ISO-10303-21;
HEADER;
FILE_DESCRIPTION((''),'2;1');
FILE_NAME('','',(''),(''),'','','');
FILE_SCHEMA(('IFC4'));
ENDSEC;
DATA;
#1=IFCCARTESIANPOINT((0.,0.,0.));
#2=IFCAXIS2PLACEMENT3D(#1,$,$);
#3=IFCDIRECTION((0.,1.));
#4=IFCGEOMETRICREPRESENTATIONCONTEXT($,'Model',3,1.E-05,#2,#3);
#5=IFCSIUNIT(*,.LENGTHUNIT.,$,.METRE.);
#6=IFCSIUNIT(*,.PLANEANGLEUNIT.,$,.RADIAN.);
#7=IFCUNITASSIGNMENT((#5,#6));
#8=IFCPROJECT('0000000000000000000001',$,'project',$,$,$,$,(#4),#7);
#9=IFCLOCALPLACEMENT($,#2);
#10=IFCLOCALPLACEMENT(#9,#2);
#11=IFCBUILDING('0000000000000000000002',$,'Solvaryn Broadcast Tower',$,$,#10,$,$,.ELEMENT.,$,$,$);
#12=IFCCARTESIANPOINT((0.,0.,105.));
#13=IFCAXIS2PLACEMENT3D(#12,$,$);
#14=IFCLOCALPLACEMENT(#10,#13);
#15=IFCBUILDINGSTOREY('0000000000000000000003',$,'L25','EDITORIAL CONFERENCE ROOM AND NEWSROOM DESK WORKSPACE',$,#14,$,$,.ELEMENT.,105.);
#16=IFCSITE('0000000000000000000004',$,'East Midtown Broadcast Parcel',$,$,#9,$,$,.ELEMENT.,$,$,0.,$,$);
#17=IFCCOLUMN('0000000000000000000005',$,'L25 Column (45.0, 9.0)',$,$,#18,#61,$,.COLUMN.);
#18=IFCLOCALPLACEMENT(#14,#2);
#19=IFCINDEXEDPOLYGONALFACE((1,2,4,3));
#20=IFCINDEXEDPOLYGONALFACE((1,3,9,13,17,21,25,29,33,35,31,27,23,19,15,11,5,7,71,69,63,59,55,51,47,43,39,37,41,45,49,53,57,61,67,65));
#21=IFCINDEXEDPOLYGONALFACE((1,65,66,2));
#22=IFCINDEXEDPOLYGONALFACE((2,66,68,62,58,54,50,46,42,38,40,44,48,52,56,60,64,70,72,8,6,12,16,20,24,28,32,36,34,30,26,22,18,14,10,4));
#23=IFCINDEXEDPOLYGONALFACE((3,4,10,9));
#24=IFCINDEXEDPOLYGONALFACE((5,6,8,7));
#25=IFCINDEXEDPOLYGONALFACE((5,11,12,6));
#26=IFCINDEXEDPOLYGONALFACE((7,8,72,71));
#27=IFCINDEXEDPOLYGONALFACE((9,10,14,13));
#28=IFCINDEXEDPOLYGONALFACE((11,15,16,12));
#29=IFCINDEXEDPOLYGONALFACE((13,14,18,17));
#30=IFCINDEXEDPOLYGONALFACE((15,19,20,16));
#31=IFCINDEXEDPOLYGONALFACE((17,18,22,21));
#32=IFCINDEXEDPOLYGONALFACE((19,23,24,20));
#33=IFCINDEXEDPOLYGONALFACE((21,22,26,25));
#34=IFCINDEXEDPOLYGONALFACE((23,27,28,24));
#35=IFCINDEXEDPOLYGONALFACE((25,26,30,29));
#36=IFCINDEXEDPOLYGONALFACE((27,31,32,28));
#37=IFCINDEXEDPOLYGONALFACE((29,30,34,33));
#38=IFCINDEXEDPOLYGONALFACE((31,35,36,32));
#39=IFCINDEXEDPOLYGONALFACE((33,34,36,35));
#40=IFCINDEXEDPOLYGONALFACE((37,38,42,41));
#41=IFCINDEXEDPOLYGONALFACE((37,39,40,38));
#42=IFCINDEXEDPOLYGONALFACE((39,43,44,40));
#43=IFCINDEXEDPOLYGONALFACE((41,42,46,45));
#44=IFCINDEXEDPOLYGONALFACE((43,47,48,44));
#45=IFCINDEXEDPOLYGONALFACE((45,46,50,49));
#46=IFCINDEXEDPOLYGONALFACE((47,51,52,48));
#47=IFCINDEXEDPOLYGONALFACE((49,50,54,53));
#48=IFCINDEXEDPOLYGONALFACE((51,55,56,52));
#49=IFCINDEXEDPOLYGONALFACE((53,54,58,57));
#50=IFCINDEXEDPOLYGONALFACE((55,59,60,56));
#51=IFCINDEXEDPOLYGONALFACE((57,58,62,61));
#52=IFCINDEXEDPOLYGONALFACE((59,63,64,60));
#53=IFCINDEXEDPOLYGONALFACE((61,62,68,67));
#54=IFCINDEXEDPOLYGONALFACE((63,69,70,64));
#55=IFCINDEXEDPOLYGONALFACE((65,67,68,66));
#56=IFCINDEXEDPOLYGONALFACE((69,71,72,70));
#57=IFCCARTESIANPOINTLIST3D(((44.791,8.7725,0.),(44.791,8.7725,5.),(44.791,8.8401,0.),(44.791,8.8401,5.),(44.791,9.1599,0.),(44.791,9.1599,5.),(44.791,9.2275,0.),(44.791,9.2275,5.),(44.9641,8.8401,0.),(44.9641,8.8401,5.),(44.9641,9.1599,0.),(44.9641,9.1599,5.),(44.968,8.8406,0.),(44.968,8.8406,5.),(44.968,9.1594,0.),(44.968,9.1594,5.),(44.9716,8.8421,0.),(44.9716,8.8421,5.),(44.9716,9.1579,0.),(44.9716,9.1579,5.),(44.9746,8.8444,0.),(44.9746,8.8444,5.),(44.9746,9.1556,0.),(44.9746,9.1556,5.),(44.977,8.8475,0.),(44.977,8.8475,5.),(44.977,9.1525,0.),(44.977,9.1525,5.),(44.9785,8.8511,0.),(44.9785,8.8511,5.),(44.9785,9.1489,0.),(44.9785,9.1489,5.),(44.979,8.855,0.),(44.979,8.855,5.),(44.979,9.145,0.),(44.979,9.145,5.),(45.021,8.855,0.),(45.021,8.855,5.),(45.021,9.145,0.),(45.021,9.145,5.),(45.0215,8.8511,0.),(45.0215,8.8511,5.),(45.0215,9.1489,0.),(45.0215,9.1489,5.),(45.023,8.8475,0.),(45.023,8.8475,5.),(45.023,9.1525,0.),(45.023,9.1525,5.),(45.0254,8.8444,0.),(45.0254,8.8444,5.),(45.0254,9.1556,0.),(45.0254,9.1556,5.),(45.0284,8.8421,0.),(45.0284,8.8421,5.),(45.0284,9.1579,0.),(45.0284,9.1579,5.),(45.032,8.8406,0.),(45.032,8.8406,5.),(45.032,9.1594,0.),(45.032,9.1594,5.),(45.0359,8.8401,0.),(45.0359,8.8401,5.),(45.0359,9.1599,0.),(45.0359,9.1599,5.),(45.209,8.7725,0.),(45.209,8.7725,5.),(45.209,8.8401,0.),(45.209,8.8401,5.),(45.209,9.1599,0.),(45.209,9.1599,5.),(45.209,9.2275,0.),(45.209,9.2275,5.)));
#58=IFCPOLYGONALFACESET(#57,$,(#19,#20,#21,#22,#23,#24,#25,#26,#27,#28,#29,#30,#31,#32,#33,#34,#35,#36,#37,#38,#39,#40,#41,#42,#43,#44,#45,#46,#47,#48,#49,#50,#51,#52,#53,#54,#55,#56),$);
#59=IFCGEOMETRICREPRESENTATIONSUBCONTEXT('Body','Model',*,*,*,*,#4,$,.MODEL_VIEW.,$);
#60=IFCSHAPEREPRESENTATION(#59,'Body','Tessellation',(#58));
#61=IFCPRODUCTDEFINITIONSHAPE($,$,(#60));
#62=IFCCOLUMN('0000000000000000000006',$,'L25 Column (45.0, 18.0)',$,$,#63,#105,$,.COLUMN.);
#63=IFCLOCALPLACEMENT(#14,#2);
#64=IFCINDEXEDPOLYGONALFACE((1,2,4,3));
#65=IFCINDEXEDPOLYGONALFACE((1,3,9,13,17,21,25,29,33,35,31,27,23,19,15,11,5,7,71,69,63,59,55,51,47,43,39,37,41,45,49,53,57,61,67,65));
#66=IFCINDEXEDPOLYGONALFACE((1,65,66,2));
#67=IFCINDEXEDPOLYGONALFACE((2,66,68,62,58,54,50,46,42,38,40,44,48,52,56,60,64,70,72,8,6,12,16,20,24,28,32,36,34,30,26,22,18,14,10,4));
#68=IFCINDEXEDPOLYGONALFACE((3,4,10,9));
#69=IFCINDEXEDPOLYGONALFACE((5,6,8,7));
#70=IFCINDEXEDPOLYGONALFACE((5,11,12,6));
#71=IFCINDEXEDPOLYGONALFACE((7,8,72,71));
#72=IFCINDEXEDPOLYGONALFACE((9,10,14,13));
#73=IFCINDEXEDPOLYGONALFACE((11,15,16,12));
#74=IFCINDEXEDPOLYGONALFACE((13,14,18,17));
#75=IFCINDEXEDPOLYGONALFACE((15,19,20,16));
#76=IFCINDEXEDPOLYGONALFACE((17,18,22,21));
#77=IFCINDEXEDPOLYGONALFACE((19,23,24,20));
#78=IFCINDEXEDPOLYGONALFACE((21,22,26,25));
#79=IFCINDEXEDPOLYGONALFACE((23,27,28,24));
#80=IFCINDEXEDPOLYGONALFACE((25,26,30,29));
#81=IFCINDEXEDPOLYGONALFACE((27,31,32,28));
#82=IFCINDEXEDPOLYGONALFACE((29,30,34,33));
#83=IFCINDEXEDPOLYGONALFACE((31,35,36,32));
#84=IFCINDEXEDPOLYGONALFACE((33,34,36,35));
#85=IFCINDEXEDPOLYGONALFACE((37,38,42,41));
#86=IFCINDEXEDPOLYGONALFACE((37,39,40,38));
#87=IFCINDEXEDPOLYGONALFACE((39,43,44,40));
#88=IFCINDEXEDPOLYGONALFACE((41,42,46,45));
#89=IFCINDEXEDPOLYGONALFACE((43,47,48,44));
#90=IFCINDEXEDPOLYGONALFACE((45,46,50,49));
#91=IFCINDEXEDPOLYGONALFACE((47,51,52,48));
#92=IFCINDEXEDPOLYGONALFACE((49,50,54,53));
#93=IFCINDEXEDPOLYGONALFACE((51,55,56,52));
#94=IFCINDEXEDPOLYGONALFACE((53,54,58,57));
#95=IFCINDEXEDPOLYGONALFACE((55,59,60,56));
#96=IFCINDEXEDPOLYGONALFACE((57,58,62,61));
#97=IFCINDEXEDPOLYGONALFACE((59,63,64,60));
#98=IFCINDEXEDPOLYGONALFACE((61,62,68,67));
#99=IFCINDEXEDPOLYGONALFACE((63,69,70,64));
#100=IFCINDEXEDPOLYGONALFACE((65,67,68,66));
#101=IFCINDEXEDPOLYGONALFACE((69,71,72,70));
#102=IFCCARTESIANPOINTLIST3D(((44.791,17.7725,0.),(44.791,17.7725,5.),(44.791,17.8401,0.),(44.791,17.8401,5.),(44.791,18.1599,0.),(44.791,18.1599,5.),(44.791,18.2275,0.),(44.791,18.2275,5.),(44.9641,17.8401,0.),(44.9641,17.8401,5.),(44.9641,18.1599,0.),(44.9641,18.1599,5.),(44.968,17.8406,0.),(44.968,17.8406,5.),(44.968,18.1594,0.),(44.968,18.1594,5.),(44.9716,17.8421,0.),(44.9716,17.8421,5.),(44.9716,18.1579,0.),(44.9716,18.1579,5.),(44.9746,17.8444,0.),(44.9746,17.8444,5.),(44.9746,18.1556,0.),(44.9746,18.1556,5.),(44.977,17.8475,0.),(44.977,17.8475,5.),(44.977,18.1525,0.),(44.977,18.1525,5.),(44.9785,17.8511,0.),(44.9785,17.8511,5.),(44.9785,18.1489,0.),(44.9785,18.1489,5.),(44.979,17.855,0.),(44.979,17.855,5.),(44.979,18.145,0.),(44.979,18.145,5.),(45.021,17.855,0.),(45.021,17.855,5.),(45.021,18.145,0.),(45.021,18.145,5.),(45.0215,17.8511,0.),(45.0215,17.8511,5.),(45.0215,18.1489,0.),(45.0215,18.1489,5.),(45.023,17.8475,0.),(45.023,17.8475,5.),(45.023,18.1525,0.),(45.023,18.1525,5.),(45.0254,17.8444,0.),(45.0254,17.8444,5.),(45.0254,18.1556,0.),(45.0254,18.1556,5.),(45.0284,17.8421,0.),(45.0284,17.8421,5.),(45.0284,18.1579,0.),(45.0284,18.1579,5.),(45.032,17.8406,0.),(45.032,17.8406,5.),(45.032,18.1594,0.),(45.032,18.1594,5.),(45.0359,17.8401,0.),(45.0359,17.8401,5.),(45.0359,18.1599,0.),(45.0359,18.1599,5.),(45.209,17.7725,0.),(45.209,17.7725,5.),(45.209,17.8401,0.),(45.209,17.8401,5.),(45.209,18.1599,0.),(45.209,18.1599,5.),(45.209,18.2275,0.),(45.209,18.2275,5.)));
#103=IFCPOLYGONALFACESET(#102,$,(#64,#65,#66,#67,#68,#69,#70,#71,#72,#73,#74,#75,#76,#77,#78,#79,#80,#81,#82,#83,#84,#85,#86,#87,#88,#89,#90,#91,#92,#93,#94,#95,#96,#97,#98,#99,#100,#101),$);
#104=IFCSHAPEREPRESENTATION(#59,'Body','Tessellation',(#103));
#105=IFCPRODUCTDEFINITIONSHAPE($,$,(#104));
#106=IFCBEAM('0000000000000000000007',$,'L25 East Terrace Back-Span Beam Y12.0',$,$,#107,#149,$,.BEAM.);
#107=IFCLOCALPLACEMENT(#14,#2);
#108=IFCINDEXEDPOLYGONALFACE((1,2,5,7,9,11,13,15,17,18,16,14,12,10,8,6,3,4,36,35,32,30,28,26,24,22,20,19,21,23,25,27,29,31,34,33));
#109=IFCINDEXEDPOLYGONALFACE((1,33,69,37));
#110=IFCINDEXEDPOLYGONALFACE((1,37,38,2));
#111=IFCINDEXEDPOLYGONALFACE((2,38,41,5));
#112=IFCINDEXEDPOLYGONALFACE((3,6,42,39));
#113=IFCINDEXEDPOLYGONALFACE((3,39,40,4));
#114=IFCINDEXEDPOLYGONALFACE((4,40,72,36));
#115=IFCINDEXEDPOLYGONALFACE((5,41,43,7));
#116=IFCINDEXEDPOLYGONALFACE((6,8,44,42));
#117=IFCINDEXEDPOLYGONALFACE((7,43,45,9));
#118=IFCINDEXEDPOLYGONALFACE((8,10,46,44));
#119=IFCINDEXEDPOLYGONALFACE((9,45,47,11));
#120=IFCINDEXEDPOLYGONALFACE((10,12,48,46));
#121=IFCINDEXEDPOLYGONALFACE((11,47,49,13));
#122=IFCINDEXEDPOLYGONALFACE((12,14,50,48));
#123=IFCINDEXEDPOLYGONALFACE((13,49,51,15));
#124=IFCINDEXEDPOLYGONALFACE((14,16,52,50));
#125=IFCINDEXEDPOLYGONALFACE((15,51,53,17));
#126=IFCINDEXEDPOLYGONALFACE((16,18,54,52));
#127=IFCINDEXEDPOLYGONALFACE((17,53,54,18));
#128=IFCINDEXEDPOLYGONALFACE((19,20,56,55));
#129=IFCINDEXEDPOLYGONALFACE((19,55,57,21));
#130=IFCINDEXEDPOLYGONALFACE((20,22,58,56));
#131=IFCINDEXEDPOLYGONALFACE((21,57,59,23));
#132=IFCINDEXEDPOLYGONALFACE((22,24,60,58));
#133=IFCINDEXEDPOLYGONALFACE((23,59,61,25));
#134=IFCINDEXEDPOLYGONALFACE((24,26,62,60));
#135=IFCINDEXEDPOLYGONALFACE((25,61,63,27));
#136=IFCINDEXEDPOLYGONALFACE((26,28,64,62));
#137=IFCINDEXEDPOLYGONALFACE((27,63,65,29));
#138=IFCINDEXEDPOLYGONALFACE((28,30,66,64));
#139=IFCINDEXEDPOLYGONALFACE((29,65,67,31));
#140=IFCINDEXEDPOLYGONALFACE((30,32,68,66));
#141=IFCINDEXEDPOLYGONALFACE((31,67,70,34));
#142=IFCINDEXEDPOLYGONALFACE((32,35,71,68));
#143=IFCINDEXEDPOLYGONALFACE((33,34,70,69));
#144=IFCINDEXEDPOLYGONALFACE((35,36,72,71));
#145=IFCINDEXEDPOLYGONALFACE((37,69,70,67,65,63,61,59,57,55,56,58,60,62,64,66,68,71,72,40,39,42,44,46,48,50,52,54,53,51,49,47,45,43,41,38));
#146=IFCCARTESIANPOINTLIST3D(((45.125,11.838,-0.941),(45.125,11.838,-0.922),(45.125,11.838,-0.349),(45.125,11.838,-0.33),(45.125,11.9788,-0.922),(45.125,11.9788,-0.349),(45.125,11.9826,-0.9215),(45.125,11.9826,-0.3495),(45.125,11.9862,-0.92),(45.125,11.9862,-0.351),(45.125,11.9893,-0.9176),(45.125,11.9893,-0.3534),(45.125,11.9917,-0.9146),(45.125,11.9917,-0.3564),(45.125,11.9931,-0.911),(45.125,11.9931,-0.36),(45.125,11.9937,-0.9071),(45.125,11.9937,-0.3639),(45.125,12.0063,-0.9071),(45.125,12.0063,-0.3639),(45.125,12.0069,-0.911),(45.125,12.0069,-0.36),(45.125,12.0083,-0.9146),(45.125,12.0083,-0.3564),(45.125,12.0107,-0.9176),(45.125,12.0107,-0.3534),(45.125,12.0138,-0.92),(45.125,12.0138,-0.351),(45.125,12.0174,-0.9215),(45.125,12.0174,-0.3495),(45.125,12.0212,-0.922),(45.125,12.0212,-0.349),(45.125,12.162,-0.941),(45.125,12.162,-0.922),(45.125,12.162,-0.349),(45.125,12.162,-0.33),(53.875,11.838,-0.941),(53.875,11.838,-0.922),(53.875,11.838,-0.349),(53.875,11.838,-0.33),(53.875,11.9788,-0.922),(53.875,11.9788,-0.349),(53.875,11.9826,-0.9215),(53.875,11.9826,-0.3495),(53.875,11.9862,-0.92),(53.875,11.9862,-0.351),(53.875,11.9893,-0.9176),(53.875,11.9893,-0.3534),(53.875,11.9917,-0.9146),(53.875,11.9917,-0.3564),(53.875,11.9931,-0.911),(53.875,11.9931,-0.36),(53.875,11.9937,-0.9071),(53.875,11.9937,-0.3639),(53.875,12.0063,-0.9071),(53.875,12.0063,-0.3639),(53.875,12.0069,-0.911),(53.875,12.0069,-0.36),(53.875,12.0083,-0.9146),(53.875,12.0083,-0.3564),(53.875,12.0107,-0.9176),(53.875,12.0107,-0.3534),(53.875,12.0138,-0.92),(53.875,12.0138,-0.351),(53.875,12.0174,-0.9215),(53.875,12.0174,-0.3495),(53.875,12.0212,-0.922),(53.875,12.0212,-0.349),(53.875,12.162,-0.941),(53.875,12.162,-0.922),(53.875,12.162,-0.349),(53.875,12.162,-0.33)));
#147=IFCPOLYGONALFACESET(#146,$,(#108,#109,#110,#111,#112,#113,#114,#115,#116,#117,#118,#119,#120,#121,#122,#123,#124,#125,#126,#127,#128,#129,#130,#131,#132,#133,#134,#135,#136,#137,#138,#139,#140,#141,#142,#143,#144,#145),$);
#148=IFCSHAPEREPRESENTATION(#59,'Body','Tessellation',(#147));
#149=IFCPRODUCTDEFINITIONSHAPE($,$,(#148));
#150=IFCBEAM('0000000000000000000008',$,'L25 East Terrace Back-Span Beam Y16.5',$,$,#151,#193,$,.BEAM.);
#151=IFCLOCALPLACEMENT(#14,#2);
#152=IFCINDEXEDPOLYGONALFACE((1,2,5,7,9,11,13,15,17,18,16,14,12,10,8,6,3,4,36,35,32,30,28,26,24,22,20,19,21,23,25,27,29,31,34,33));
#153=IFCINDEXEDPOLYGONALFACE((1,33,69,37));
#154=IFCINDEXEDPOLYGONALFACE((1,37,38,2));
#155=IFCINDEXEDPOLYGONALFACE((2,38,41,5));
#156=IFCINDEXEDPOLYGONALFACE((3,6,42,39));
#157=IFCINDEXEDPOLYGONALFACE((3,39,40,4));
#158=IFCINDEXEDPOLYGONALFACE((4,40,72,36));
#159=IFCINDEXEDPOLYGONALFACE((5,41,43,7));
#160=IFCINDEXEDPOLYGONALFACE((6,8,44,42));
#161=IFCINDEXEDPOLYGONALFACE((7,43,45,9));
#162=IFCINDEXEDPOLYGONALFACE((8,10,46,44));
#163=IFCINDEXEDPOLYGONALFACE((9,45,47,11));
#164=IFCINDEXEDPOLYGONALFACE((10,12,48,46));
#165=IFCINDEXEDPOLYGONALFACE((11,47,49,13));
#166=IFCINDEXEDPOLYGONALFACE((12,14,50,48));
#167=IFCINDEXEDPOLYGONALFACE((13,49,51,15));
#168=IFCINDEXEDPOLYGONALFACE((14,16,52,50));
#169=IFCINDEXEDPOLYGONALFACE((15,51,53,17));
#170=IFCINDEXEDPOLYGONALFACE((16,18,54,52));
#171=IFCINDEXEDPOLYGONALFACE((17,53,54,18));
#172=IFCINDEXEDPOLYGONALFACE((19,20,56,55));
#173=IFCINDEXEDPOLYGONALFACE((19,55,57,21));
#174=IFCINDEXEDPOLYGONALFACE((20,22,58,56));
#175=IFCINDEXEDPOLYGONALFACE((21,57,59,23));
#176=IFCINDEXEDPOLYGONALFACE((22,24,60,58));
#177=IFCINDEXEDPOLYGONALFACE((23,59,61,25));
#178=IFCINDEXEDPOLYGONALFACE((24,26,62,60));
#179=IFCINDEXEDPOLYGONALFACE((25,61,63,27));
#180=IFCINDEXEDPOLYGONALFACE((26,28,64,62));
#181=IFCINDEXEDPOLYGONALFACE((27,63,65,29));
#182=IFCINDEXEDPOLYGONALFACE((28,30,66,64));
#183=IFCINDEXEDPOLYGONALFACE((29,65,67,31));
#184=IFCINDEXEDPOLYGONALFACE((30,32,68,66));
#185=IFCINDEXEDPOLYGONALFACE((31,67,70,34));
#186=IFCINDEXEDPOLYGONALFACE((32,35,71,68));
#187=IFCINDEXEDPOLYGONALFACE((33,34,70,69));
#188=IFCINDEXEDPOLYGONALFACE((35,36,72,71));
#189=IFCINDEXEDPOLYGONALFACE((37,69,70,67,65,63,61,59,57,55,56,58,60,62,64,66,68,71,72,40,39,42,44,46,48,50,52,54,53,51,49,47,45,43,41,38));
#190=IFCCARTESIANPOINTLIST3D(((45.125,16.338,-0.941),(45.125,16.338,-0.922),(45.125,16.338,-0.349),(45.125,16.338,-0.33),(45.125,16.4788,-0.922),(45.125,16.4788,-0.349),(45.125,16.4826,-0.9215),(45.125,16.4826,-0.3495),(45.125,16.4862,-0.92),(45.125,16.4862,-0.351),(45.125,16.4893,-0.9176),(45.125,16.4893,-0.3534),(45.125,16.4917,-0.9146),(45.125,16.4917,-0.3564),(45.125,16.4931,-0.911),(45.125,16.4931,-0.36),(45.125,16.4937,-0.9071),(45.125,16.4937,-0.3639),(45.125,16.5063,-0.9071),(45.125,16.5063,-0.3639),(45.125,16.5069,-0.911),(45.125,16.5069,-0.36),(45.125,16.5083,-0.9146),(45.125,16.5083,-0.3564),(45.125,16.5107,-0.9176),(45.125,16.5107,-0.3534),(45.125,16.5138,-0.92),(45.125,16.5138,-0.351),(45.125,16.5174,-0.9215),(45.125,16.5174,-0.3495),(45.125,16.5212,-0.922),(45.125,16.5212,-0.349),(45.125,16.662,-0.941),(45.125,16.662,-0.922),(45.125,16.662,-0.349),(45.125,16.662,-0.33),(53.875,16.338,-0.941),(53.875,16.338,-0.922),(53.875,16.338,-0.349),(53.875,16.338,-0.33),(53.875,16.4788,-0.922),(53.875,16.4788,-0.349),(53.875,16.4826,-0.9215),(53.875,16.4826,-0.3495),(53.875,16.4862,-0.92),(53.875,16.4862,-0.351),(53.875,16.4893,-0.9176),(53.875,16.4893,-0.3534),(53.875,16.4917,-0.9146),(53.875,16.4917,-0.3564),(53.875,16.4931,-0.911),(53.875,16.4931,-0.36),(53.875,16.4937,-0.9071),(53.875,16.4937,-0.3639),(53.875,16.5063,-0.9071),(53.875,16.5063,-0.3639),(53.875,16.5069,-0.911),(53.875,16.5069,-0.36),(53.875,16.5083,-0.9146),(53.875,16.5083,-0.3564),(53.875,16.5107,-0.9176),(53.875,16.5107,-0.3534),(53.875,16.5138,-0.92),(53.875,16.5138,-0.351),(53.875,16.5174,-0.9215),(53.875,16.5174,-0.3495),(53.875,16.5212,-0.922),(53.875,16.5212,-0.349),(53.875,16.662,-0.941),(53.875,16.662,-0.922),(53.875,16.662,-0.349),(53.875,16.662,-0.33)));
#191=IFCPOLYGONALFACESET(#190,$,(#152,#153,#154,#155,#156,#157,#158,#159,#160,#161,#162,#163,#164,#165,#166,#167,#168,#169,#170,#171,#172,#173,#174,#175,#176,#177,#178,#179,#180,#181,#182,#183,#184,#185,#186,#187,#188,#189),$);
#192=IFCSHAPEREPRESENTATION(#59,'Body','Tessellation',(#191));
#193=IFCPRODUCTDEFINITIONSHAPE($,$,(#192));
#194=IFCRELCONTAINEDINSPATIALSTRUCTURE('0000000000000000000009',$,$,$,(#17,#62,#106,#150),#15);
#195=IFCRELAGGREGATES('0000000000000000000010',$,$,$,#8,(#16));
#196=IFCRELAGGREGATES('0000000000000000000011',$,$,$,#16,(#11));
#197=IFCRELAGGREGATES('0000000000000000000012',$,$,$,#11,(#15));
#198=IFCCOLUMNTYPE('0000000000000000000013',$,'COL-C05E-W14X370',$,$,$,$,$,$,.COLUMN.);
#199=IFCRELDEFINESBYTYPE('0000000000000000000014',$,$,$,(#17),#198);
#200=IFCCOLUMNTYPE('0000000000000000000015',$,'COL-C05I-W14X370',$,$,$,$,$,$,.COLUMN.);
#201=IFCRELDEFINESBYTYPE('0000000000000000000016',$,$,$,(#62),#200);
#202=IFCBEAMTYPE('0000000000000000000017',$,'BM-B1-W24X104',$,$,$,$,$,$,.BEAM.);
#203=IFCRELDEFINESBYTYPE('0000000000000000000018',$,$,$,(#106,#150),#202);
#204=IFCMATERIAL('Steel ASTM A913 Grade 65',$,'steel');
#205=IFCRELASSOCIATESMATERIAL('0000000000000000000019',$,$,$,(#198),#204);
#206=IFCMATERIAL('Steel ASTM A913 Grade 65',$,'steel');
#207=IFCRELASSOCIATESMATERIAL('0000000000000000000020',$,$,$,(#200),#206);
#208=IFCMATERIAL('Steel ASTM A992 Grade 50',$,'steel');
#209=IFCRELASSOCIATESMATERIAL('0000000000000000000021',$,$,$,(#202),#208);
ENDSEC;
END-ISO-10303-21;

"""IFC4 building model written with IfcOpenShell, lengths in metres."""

from ifc_helpers import new_model, si_unit, direction, frame, origin, origin_2d, place, context, subcontext, project, spatial, i_section, extrude, material, material_profile, profile_set, type_object, element, save


model = new_model("IFC4")

# Units and contexts
model_context = context("Model", 3, precision=1e-05, world=origin(), true_north=direction((0.0, 1.0)))
body_context = subcontext(model_context, "Body", "Model", "MODEL_VIEW")
ifc_project = project(units=[si_unit("LENGTHUNIT", "METRE"), si_unit("PLANEANGLEUNIT", "RADIAN")], contexts=[model_context])

# Site, building, storey
site_placement = place(None, origin())
site = spatial("IfcSite", under=ifc_project, at=site_placement, Name="East Midtown Broadcast Parcel", CompositionType="ELEMENT", RefElevation=0.0)
building_placement = place(site_placement, origin())
building = spatial("IfcBuilding", under=site, at=building_placement, Name="Solvaryn Broadcast Tower", CompositionType="ELEMENT")
storey_placement = place(building_placement, frame((0.0, 0.0, 105.0)))
storey = spatial("IfcBuildingStorey", under=building, at=storey_placement, Name="L25", Description="EDITORIAL CONFERENCE ROOM AND NEWSROOM DESK WORKSPACE", CompositionType="ELEMENT", Elevation=105.0)

# Columns
ifc_material_1 = material(Name="Steel ASTM A913 Grade 65", Category="steel")
ifc_material_profile_1 = material_profile(ifc_material_1, i_section(OverallWidth=0.418, OverallDepth=0.4551, WebThickness=0.042, FlangeThickness=0.0676, FilletRadius=0.0149, at=origin_2d()))
ifc_profile_set_1 = profile_set([ifc_material_profile_1], Name="Steel ASTM A913 Grade 65")
column_type_1 = type_object("IfcColumnType", Name="COL-C05E-W14X370", PredefinedType="COLUMN", material=ifc_profile_set_1)
column_1_placement = place(storey_placement, frame((45.0, 9.0, 0.0), z_axis=(0.0, 0.0, 1.0), x_axis=(1.0, 0.0, 0.0)))
element("IfcColumn", 1, at=column_1_placement, inside=storey, type_object=column_type_1, Name="L25 Column (45.0, 9.0)", PredefinedType="COLUMN", context=body_context, shape_type="SweptSolid", body=[
    extrude(i_section(OverallWidth=0.418, OverallDepth=0.4551, WebThickness=0.042, FlangeThickness=0.0676, FilletRadius=0.0149, at=origin_2d()), origin(), (0.0, 0.0, 1.0), 5.0),
])
ifc_material_2 = material(Name="Steel ASTM A913 Grade 65", Category="steel")
ifc_material_profile_2 = material_profile(ifc_material_2, i_section(OverallWidth=0.418, OverallDepth=0.4551, WebThickness=0.042, FlangeThickness=0.0676, FilletRadius=0.0149, at=origin_2d()))
ifc_profile_set_2 = profile_set([ifc_material_profile_2], Name="Steel ASTM A913 Grade 65")
column_type_2 = type_object("IfcColumnType", Name="COL-C05I-W14X370", PredefinedType="COLUMN", material=ifc_profile_set_2)
column_2_placement = place(storey_placement, frame((45.0, 18.0, 0.0), z_axis=(0.0, 0.0, 1.0), x_axis=(1.0, 0.0, 0.0)))
element("IfcColumn", 2, at=column_2_placement, inside=storey, type_object=column_type_2, Name="L25 Column (45.0, 18.0)", PredefinedType="COLUMN", context=body_context, shape_type="SweptSolid", body=[
    extrude(i_section(OverallWidth=0.418, OverallDepth=0.4551, WebThickness=0.042, FlangeThickness=0.0676, FilletRadius=0.0149, at=origin_2d()), origin(), (0.0, 0.0, 1.0), 5.0),
])

# Beams
ifc_material_3 = material(Name="Steel ASTM A992 Grade 50", Category="steel")
ifc_material_profile_3 = material_profile(ifc_material_3, i_section(OverallWidth=0.324, OverallDepth=0.6111, WebThickness=0.0127, FlangeThickness=0.019, FilletRadius=0.0149, at=origin_2d()))
ifc_profile_set_3 = profile_set([ifc_material_profile_3], Name="Steel ASTM A992 Grade 50")
beam_type_1 = type_object("IfcBeamType", Name="BM-B1-W24X104", PredefinedType="BEAM", material=ifc_profile_set_3)
for number, where, z_axis, x_axis, name in (
    (3, (45.125, 12.0, -0.6355), (1.0, 0.0, 0.0), (0.0, 1.0, 0.0), "L25 East Terrace Back-Span Beam Y12.0"),
    (4, (45.125, 16.5, -0.6355), (1.0, 0.0, 0.0), (0.0, 1.0, 0.0), "L25 East Terrace Back-Span Beam Y16.5"),
):
    element("IfcBeam", number, at=place(storey_placement, frame(where, z_axis=z_axis, x_axis=x_axis)), inside=storey, type_object=beam_type_1, Name=name, PredefinedType="BEAM", context=body_context, shape_type="SweptSolid", body=[
        extrude(i_section(OverallWidth=0.324, OverallDepth=0.6111, WebThickness=0.0127, FlangeThickness=0.019, FilletRadius=0.0149, at=origin_2d()), origin(), (0.0, 0.0, 1.0), 8.75),
    ])

save(model, "model.ifc")
